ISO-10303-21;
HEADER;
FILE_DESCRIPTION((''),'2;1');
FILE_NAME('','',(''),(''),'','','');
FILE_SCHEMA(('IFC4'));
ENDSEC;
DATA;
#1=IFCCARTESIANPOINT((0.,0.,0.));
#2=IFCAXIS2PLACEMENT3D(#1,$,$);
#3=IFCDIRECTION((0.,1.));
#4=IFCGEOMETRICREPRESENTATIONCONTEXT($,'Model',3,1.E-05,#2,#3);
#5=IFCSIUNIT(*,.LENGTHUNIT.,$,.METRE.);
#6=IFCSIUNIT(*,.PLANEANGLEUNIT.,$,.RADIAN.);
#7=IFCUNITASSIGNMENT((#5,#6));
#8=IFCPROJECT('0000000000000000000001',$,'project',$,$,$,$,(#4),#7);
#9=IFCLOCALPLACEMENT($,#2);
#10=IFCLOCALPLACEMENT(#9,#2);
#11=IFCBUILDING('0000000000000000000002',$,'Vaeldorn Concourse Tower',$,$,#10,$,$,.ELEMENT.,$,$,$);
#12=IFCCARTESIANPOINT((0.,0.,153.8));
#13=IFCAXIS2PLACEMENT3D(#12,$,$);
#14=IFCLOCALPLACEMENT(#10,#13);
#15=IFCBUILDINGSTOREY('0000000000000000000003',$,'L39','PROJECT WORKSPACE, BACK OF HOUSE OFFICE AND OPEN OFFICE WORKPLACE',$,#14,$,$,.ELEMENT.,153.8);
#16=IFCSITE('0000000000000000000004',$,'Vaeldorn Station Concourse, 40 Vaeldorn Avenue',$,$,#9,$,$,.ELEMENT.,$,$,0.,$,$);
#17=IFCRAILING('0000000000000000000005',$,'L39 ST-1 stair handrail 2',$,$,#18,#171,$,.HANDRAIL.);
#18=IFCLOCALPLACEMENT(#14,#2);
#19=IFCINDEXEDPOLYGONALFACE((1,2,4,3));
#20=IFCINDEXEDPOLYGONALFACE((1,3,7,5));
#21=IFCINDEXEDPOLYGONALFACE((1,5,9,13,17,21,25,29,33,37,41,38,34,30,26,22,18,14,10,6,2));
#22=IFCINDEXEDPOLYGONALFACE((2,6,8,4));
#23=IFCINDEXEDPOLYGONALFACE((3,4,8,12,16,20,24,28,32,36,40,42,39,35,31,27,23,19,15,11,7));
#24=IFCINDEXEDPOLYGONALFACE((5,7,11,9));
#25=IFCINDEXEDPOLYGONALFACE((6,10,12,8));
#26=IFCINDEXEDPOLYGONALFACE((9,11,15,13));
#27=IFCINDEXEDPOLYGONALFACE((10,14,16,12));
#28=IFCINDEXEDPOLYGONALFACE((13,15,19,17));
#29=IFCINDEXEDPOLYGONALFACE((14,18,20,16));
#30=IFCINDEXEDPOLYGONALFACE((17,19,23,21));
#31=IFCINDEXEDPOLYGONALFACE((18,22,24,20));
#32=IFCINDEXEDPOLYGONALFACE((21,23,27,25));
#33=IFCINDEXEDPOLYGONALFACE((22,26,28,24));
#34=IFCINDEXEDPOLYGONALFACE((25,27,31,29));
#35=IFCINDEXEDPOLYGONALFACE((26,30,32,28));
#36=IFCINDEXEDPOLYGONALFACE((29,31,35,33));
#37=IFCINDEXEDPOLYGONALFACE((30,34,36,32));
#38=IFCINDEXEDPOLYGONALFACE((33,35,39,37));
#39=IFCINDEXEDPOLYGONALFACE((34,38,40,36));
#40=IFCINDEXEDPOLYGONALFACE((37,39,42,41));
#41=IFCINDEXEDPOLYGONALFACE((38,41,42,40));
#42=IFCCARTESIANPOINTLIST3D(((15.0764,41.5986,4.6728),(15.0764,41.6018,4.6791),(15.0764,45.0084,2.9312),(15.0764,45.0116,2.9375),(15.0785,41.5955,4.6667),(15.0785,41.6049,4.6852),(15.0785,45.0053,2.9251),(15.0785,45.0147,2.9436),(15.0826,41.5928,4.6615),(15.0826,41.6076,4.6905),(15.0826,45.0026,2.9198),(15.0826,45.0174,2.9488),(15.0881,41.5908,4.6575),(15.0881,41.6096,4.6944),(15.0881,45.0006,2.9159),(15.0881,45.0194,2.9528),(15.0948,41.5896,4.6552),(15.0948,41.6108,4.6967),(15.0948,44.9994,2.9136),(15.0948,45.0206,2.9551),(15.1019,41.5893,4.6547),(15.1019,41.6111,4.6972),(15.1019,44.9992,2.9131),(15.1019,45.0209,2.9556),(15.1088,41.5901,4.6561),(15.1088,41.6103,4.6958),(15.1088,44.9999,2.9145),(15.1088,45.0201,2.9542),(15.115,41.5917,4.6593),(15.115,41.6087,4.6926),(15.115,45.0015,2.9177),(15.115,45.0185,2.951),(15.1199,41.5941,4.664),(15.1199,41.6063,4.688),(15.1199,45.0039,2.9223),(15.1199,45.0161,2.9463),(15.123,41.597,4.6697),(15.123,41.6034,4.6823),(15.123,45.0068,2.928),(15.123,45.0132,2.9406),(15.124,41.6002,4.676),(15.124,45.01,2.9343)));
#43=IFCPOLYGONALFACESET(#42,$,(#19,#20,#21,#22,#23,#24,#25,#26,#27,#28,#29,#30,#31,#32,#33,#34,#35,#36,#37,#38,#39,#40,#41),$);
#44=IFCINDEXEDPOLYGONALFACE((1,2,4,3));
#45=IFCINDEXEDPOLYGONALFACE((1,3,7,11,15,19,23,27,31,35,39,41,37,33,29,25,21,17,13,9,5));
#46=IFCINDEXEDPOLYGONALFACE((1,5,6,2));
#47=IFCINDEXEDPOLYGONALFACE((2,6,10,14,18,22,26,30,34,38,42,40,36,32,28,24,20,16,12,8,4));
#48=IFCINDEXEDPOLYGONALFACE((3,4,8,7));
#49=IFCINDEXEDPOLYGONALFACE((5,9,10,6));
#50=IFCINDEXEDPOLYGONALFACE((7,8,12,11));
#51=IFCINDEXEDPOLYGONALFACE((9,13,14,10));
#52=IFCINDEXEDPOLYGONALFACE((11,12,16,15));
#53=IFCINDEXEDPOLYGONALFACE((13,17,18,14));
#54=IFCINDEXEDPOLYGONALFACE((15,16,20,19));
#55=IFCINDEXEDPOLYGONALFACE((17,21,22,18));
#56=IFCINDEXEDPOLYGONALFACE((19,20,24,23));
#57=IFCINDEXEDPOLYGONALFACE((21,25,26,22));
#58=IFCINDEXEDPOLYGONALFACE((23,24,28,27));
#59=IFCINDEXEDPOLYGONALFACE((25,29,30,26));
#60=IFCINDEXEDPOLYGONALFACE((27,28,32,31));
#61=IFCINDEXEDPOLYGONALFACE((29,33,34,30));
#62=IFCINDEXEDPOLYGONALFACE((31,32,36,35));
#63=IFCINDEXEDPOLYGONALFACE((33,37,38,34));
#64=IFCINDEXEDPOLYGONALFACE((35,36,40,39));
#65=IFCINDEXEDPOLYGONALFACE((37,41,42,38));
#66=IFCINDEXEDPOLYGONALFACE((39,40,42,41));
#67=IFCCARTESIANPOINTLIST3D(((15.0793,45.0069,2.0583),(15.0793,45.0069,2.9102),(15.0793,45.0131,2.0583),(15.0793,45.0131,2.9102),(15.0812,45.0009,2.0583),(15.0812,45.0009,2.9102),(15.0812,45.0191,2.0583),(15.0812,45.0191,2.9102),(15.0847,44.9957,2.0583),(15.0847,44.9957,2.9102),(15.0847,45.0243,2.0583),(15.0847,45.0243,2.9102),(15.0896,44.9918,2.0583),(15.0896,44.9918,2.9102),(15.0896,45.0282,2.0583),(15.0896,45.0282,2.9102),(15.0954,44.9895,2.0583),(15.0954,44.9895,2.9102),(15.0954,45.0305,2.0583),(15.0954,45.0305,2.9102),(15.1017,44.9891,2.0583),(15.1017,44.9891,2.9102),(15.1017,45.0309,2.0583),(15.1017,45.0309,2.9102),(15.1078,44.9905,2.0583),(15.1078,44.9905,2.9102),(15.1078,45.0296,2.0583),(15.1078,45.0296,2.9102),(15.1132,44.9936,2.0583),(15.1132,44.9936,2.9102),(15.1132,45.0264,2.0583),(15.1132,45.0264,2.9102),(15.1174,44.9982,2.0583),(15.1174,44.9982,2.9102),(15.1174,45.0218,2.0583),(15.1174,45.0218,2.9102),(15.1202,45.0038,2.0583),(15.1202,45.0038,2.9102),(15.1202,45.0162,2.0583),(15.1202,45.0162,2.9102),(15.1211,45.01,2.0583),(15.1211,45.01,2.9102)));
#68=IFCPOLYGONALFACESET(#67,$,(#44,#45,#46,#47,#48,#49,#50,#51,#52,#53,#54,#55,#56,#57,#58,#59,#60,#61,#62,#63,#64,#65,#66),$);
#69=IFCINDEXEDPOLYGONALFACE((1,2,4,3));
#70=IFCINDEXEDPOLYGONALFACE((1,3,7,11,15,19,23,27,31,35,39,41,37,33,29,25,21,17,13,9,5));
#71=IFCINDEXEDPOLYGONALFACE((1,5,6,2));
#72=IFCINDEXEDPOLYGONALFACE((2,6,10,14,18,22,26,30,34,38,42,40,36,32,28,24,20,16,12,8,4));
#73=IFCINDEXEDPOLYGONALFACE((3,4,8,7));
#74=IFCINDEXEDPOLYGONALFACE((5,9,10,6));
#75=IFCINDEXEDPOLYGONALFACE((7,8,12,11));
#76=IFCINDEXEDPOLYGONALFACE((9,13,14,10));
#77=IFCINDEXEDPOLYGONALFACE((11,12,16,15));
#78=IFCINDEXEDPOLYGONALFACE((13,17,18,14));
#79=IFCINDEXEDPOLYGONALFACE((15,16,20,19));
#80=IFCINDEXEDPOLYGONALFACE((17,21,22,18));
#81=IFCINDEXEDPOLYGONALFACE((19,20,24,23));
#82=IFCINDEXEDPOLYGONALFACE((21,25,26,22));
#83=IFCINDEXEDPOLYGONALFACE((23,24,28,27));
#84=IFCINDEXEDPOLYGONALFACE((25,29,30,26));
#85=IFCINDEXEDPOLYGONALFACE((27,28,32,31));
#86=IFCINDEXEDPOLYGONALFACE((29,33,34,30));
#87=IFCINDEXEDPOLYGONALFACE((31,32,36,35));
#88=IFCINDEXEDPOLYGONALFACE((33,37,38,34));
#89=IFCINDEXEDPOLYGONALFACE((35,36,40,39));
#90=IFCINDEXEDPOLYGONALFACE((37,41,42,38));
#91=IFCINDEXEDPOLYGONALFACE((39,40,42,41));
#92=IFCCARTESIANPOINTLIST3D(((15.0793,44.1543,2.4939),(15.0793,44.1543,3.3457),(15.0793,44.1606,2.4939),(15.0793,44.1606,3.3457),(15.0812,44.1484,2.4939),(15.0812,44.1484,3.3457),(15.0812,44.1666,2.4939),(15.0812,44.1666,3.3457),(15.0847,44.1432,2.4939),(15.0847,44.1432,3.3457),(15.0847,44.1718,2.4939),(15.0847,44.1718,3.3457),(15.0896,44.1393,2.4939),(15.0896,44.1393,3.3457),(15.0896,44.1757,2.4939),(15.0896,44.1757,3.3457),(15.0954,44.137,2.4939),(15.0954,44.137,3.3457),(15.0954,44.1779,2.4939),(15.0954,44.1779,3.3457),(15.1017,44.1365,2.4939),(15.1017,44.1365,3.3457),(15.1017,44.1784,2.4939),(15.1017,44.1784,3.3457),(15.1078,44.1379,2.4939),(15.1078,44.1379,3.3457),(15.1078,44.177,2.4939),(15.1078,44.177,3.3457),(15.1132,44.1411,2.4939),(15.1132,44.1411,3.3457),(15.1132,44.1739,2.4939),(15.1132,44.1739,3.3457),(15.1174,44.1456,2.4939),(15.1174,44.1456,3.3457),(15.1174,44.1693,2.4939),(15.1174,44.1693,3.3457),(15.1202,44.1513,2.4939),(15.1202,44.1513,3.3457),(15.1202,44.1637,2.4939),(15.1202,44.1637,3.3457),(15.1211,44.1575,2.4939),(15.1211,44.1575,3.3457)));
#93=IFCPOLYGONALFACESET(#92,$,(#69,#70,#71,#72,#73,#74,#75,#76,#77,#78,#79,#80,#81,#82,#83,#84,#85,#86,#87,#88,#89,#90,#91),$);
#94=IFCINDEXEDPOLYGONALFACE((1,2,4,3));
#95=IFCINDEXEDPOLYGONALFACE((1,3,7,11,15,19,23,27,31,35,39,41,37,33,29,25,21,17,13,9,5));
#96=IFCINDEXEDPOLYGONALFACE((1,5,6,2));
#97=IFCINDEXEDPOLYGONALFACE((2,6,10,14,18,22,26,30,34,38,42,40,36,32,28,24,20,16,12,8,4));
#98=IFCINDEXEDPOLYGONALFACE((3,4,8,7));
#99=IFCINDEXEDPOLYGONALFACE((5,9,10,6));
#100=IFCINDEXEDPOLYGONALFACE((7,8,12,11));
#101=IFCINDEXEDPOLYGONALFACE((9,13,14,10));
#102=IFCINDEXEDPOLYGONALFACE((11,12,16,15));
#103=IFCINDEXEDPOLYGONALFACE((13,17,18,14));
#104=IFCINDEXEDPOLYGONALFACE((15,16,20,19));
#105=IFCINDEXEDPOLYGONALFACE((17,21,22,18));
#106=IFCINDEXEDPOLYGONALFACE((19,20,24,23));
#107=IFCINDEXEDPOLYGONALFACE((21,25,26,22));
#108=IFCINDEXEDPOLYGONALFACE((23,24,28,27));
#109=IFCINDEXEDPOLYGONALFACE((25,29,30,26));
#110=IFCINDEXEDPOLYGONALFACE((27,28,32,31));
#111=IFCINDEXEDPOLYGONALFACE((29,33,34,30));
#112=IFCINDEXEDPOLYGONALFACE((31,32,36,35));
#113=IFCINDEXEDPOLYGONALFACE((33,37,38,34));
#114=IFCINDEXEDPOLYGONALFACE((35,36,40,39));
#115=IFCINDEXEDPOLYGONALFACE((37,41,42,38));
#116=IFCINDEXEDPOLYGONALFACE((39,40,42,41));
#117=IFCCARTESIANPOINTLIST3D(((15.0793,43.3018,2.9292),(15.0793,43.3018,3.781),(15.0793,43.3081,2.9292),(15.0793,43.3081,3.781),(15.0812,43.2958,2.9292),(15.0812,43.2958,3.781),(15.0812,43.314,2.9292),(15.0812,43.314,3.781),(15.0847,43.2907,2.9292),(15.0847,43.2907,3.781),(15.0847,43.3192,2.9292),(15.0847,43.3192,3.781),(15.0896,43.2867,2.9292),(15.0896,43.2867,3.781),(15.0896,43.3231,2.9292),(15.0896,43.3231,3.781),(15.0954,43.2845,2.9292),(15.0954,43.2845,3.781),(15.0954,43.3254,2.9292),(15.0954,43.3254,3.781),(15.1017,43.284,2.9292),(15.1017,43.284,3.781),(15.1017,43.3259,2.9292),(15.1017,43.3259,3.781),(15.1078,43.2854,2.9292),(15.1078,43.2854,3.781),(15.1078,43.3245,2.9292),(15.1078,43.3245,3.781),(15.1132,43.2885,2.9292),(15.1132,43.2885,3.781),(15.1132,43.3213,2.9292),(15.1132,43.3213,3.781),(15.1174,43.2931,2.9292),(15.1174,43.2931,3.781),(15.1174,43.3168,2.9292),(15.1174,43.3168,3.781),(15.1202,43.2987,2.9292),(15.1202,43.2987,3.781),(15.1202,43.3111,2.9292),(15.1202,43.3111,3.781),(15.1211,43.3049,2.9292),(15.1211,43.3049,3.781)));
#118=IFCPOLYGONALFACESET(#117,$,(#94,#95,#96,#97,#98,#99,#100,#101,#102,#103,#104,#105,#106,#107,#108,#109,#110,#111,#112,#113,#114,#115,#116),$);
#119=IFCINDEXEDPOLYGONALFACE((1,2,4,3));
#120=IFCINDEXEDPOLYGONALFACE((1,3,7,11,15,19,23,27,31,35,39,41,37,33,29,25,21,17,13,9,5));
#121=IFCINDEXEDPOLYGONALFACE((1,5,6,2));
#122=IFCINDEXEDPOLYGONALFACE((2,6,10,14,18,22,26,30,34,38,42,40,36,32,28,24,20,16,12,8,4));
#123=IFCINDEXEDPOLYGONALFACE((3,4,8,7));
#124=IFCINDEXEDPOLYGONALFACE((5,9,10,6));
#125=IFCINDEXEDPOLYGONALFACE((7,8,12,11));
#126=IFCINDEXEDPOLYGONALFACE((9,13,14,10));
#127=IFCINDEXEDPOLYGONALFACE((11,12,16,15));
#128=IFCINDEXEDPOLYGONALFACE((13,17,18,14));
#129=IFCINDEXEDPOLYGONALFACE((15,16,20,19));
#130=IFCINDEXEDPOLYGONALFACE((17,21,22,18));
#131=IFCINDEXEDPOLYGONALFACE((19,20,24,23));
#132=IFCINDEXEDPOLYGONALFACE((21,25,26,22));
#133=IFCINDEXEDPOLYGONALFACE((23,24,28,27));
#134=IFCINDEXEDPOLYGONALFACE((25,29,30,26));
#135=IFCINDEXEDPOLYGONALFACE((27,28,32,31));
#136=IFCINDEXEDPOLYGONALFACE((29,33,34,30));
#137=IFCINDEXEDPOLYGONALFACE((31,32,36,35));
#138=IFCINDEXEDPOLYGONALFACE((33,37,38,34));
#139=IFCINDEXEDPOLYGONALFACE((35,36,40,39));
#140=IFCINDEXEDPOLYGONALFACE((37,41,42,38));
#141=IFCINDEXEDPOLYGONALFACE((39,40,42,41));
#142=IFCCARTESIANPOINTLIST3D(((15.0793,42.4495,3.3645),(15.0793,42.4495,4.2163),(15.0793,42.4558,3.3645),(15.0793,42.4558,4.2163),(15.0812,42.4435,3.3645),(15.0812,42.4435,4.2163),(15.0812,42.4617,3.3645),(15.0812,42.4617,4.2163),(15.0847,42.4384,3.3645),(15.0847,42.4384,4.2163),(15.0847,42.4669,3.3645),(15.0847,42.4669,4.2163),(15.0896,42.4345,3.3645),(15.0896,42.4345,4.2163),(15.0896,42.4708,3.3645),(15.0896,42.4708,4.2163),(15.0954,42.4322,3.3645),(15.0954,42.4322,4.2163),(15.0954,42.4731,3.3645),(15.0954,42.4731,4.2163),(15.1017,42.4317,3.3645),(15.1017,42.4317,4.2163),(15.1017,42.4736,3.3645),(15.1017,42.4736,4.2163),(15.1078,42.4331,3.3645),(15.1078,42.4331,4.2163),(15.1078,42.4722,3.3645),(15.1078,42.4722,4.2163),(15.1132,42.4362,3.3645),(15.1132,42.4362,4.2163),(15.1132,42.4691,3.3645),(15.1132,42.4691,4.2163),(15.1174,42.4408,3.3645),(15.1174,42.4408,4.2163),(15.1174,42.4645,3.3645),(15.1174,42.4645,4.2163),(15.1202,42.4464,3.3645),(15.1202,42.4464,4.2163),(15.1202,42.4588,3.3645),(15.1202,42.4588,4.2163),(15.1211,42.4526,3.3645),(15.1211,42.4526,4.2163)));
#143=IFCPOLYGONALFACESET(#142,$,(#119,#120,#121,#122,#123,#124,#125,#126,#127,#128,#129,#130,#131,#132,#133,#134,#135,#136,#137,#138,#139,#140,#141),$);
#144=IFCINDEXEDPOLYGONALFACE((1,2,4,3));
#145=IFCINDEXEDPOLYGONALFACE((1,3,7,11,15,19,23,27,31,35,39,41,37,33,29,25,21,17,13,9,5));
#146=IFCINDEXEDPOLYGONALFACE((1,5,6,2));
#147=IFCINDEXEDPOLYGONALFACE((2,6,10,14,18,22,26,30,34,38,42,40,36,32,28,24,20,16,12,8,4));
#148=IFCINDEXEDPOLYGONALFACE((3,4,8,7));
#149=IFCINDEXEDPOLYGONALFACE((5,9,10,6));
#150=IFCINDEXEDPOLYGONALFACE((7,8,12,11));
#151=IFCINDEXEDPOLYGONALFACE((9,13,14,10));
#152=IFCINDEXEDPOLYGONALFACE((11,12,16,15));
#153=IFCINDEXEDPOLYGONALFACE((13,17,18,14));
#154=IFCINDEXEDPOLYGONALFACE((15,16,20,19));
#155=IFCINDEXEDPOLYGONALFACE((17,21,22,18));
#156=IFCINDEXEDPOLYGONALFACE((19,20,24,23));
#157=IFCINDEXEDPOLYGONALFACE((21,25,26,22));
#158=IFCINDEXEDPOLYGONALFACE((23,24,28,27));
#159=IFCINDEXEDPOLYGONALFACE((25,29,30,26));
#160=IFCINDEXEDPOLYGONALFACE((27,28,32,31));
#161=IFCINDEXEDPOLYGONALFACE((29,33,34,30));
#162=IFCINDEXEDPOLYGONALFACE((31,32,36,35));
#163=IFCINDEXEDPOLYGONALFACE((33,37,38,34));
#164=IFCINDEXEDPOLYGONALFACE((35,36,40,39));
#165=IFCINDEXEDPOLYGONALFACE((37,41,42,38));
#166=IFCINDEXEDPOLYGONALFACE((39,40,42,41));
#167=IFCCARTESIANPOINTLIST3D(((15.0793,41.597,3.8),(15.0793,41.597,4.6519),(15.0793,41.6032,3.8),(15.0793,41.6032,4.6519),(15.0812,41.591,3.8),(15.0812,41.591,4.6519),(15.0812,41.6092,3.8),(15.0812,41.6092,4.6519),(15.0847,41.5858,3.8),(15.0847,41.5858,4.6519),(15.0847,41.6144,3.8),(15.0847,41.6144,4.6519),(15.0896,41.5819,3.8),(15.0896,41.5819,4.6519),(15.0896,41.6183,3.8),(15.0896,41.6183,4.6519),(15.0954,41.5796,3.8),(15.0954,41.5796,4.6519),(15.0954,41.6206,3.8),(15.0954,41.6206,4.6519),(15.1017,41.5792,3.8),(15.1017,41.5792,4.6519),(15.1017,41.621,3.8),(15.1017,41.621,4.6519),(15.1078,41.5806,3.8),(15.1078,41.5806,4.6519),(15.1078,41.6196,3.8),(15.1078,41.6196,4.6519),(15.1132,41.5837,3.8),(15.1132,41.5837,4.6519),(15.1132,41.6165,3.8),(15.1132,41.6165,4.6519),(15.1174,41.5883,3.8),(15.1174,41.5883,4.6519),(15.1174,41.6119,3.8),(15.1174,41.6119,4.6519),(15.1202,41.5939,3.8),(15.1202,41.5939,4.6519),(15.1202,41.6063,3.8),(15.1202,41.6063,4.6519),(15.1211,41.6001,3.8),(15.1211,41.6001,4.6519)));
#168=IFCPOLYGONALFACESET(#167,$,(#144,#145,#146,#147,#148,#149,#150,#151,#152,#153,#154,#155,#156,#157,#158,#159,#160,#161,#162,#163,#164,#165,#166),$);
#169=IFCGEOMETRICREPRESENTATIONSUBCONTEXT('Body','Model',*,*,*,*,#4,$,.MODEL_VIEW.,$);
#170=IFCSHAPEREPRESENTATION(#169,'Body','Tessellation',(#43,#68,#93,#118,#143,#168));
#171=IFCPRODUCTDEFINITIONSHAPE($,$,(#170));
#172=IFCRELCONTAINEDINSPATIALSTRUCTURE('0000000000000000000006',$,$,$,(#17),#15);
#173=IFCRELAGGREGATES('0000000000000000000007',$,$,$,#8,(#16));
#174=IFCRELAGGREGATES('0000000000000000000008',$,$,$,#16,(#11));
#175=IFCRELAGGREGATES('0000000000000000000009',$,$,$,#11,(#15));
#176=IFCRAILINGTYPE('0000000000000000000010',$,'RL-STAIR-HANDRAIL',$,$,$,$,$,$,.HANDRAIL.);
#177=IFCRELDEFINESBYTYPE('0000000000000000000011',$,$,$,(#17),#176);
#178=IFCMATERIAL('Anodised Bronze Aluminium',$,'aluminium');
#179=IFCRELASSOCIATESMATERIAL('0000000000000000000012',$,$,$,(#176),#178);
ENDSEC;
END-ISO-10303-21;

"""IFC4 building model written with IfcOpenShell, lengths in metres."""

from ifc_helpers import new_model, si_unit, direction, frame, origin, origin_2d, place, context, subcontext, project, spatial, circle, extrude, material, type_object, element, save


model = new_model("IFC4")

# Units and contexts
model_context = context("Model", 3, precision=1e-05, world=origin(), true_north=direction((0.0, 1.0)))
body_context = subcontext(model_context, "Body", "Model", "MODEL_VIEW")
ifc_project = project(units=[si_unit("LENGTHUNIT", "METRE"), si_unit("PLANEANGLEUNIT", "RADIAN")], contexts=[model_context])

# Site, building, storey
site_placement = place(None, origin())
site = spatial("IfcSite", under=ifc_project, at=site_placement, Name="Vaeldorn Station Concourse, 40 Vaeldorn Avenue", CompositionType="ELEMENT", RefElevation=0.0)
building_placement = place(site_placement, origin())
building = spatial("IfcBuilding", under=site, at=building_placement, Name="Vaeldorn Concourse Tower", CompositionType="ELEMENT")
storey_placement = place(building_placement, frame((0.0, 0.0, 153.8)))
storey = spatial("IfcBuildingStorey", under=building, at=storey_placement, Name="L39", Description="PROJECT WORKSPACE, BACK OF HOUSE OFFICE AND OPEN OFFICE WORKPLACE", CompositionType="ELEMENT", Elevation=153.8)

# Shared definitions
ifc_material_1 = material(Name="Anodised Bronze Aluminium", Category="aluminium")

# Railing
railing_type_1 = type_object("IfcRailingType", Name="RL-STAIR-HANDRAIL", PredefinedType="HANDRAIL", material=ifc_material_1)
railing_1_placement = place(storey_placement, frame((15.1001, 45.01, 2.0583)))
element("IfcRailing", 1, at=railing_1_placement, inside=storey, type_object=railing_type_1, Name="L39 ST-1 stair handrail 2", PredefinedType="HANDRAIL", context=body_context, shape_type="SweptSolid", body=[
    extrude(circle(Radius=0.0239, at=origin_2d()), frame((0.0, 0.0, 0.876), z_axis=(0.0, -0.890556, 0.454874), x_axis=(1.0, 0.0, 0.0)), (0.0, 0.0, 1.0), 3.8289),
    extrude(circle(Radius=0.021, at=origin_2d()), origin(), (0.0, 0.0, 1.0), 0.8518),
    extrude(circle(Radius=0.021, at=origin_2d()), frame((0.0, -0.8525, 0.4355)), (0.0, 0.0, 1.0), 0.8518),
    extrude(circle(Radius=0.021, at=origin_2d()), frame((0.0, -1.7051, 0.8708)), (0.0, 0.0, 1.0), 0.8518),
    extrude(circle(Radius=0.021, at=origin_2d()), frame((0.0, -2.5574, 1.3062)), (0.0, 0.0, 1.0), 0.8518),
    extrude(circle(Radius=0.021, at=origin_2d()), frame((0.0, -3.4099, 1.7417)), (0.0, 0.0, 1.0), 0.8518),
])

save(model, "model.ifc")
